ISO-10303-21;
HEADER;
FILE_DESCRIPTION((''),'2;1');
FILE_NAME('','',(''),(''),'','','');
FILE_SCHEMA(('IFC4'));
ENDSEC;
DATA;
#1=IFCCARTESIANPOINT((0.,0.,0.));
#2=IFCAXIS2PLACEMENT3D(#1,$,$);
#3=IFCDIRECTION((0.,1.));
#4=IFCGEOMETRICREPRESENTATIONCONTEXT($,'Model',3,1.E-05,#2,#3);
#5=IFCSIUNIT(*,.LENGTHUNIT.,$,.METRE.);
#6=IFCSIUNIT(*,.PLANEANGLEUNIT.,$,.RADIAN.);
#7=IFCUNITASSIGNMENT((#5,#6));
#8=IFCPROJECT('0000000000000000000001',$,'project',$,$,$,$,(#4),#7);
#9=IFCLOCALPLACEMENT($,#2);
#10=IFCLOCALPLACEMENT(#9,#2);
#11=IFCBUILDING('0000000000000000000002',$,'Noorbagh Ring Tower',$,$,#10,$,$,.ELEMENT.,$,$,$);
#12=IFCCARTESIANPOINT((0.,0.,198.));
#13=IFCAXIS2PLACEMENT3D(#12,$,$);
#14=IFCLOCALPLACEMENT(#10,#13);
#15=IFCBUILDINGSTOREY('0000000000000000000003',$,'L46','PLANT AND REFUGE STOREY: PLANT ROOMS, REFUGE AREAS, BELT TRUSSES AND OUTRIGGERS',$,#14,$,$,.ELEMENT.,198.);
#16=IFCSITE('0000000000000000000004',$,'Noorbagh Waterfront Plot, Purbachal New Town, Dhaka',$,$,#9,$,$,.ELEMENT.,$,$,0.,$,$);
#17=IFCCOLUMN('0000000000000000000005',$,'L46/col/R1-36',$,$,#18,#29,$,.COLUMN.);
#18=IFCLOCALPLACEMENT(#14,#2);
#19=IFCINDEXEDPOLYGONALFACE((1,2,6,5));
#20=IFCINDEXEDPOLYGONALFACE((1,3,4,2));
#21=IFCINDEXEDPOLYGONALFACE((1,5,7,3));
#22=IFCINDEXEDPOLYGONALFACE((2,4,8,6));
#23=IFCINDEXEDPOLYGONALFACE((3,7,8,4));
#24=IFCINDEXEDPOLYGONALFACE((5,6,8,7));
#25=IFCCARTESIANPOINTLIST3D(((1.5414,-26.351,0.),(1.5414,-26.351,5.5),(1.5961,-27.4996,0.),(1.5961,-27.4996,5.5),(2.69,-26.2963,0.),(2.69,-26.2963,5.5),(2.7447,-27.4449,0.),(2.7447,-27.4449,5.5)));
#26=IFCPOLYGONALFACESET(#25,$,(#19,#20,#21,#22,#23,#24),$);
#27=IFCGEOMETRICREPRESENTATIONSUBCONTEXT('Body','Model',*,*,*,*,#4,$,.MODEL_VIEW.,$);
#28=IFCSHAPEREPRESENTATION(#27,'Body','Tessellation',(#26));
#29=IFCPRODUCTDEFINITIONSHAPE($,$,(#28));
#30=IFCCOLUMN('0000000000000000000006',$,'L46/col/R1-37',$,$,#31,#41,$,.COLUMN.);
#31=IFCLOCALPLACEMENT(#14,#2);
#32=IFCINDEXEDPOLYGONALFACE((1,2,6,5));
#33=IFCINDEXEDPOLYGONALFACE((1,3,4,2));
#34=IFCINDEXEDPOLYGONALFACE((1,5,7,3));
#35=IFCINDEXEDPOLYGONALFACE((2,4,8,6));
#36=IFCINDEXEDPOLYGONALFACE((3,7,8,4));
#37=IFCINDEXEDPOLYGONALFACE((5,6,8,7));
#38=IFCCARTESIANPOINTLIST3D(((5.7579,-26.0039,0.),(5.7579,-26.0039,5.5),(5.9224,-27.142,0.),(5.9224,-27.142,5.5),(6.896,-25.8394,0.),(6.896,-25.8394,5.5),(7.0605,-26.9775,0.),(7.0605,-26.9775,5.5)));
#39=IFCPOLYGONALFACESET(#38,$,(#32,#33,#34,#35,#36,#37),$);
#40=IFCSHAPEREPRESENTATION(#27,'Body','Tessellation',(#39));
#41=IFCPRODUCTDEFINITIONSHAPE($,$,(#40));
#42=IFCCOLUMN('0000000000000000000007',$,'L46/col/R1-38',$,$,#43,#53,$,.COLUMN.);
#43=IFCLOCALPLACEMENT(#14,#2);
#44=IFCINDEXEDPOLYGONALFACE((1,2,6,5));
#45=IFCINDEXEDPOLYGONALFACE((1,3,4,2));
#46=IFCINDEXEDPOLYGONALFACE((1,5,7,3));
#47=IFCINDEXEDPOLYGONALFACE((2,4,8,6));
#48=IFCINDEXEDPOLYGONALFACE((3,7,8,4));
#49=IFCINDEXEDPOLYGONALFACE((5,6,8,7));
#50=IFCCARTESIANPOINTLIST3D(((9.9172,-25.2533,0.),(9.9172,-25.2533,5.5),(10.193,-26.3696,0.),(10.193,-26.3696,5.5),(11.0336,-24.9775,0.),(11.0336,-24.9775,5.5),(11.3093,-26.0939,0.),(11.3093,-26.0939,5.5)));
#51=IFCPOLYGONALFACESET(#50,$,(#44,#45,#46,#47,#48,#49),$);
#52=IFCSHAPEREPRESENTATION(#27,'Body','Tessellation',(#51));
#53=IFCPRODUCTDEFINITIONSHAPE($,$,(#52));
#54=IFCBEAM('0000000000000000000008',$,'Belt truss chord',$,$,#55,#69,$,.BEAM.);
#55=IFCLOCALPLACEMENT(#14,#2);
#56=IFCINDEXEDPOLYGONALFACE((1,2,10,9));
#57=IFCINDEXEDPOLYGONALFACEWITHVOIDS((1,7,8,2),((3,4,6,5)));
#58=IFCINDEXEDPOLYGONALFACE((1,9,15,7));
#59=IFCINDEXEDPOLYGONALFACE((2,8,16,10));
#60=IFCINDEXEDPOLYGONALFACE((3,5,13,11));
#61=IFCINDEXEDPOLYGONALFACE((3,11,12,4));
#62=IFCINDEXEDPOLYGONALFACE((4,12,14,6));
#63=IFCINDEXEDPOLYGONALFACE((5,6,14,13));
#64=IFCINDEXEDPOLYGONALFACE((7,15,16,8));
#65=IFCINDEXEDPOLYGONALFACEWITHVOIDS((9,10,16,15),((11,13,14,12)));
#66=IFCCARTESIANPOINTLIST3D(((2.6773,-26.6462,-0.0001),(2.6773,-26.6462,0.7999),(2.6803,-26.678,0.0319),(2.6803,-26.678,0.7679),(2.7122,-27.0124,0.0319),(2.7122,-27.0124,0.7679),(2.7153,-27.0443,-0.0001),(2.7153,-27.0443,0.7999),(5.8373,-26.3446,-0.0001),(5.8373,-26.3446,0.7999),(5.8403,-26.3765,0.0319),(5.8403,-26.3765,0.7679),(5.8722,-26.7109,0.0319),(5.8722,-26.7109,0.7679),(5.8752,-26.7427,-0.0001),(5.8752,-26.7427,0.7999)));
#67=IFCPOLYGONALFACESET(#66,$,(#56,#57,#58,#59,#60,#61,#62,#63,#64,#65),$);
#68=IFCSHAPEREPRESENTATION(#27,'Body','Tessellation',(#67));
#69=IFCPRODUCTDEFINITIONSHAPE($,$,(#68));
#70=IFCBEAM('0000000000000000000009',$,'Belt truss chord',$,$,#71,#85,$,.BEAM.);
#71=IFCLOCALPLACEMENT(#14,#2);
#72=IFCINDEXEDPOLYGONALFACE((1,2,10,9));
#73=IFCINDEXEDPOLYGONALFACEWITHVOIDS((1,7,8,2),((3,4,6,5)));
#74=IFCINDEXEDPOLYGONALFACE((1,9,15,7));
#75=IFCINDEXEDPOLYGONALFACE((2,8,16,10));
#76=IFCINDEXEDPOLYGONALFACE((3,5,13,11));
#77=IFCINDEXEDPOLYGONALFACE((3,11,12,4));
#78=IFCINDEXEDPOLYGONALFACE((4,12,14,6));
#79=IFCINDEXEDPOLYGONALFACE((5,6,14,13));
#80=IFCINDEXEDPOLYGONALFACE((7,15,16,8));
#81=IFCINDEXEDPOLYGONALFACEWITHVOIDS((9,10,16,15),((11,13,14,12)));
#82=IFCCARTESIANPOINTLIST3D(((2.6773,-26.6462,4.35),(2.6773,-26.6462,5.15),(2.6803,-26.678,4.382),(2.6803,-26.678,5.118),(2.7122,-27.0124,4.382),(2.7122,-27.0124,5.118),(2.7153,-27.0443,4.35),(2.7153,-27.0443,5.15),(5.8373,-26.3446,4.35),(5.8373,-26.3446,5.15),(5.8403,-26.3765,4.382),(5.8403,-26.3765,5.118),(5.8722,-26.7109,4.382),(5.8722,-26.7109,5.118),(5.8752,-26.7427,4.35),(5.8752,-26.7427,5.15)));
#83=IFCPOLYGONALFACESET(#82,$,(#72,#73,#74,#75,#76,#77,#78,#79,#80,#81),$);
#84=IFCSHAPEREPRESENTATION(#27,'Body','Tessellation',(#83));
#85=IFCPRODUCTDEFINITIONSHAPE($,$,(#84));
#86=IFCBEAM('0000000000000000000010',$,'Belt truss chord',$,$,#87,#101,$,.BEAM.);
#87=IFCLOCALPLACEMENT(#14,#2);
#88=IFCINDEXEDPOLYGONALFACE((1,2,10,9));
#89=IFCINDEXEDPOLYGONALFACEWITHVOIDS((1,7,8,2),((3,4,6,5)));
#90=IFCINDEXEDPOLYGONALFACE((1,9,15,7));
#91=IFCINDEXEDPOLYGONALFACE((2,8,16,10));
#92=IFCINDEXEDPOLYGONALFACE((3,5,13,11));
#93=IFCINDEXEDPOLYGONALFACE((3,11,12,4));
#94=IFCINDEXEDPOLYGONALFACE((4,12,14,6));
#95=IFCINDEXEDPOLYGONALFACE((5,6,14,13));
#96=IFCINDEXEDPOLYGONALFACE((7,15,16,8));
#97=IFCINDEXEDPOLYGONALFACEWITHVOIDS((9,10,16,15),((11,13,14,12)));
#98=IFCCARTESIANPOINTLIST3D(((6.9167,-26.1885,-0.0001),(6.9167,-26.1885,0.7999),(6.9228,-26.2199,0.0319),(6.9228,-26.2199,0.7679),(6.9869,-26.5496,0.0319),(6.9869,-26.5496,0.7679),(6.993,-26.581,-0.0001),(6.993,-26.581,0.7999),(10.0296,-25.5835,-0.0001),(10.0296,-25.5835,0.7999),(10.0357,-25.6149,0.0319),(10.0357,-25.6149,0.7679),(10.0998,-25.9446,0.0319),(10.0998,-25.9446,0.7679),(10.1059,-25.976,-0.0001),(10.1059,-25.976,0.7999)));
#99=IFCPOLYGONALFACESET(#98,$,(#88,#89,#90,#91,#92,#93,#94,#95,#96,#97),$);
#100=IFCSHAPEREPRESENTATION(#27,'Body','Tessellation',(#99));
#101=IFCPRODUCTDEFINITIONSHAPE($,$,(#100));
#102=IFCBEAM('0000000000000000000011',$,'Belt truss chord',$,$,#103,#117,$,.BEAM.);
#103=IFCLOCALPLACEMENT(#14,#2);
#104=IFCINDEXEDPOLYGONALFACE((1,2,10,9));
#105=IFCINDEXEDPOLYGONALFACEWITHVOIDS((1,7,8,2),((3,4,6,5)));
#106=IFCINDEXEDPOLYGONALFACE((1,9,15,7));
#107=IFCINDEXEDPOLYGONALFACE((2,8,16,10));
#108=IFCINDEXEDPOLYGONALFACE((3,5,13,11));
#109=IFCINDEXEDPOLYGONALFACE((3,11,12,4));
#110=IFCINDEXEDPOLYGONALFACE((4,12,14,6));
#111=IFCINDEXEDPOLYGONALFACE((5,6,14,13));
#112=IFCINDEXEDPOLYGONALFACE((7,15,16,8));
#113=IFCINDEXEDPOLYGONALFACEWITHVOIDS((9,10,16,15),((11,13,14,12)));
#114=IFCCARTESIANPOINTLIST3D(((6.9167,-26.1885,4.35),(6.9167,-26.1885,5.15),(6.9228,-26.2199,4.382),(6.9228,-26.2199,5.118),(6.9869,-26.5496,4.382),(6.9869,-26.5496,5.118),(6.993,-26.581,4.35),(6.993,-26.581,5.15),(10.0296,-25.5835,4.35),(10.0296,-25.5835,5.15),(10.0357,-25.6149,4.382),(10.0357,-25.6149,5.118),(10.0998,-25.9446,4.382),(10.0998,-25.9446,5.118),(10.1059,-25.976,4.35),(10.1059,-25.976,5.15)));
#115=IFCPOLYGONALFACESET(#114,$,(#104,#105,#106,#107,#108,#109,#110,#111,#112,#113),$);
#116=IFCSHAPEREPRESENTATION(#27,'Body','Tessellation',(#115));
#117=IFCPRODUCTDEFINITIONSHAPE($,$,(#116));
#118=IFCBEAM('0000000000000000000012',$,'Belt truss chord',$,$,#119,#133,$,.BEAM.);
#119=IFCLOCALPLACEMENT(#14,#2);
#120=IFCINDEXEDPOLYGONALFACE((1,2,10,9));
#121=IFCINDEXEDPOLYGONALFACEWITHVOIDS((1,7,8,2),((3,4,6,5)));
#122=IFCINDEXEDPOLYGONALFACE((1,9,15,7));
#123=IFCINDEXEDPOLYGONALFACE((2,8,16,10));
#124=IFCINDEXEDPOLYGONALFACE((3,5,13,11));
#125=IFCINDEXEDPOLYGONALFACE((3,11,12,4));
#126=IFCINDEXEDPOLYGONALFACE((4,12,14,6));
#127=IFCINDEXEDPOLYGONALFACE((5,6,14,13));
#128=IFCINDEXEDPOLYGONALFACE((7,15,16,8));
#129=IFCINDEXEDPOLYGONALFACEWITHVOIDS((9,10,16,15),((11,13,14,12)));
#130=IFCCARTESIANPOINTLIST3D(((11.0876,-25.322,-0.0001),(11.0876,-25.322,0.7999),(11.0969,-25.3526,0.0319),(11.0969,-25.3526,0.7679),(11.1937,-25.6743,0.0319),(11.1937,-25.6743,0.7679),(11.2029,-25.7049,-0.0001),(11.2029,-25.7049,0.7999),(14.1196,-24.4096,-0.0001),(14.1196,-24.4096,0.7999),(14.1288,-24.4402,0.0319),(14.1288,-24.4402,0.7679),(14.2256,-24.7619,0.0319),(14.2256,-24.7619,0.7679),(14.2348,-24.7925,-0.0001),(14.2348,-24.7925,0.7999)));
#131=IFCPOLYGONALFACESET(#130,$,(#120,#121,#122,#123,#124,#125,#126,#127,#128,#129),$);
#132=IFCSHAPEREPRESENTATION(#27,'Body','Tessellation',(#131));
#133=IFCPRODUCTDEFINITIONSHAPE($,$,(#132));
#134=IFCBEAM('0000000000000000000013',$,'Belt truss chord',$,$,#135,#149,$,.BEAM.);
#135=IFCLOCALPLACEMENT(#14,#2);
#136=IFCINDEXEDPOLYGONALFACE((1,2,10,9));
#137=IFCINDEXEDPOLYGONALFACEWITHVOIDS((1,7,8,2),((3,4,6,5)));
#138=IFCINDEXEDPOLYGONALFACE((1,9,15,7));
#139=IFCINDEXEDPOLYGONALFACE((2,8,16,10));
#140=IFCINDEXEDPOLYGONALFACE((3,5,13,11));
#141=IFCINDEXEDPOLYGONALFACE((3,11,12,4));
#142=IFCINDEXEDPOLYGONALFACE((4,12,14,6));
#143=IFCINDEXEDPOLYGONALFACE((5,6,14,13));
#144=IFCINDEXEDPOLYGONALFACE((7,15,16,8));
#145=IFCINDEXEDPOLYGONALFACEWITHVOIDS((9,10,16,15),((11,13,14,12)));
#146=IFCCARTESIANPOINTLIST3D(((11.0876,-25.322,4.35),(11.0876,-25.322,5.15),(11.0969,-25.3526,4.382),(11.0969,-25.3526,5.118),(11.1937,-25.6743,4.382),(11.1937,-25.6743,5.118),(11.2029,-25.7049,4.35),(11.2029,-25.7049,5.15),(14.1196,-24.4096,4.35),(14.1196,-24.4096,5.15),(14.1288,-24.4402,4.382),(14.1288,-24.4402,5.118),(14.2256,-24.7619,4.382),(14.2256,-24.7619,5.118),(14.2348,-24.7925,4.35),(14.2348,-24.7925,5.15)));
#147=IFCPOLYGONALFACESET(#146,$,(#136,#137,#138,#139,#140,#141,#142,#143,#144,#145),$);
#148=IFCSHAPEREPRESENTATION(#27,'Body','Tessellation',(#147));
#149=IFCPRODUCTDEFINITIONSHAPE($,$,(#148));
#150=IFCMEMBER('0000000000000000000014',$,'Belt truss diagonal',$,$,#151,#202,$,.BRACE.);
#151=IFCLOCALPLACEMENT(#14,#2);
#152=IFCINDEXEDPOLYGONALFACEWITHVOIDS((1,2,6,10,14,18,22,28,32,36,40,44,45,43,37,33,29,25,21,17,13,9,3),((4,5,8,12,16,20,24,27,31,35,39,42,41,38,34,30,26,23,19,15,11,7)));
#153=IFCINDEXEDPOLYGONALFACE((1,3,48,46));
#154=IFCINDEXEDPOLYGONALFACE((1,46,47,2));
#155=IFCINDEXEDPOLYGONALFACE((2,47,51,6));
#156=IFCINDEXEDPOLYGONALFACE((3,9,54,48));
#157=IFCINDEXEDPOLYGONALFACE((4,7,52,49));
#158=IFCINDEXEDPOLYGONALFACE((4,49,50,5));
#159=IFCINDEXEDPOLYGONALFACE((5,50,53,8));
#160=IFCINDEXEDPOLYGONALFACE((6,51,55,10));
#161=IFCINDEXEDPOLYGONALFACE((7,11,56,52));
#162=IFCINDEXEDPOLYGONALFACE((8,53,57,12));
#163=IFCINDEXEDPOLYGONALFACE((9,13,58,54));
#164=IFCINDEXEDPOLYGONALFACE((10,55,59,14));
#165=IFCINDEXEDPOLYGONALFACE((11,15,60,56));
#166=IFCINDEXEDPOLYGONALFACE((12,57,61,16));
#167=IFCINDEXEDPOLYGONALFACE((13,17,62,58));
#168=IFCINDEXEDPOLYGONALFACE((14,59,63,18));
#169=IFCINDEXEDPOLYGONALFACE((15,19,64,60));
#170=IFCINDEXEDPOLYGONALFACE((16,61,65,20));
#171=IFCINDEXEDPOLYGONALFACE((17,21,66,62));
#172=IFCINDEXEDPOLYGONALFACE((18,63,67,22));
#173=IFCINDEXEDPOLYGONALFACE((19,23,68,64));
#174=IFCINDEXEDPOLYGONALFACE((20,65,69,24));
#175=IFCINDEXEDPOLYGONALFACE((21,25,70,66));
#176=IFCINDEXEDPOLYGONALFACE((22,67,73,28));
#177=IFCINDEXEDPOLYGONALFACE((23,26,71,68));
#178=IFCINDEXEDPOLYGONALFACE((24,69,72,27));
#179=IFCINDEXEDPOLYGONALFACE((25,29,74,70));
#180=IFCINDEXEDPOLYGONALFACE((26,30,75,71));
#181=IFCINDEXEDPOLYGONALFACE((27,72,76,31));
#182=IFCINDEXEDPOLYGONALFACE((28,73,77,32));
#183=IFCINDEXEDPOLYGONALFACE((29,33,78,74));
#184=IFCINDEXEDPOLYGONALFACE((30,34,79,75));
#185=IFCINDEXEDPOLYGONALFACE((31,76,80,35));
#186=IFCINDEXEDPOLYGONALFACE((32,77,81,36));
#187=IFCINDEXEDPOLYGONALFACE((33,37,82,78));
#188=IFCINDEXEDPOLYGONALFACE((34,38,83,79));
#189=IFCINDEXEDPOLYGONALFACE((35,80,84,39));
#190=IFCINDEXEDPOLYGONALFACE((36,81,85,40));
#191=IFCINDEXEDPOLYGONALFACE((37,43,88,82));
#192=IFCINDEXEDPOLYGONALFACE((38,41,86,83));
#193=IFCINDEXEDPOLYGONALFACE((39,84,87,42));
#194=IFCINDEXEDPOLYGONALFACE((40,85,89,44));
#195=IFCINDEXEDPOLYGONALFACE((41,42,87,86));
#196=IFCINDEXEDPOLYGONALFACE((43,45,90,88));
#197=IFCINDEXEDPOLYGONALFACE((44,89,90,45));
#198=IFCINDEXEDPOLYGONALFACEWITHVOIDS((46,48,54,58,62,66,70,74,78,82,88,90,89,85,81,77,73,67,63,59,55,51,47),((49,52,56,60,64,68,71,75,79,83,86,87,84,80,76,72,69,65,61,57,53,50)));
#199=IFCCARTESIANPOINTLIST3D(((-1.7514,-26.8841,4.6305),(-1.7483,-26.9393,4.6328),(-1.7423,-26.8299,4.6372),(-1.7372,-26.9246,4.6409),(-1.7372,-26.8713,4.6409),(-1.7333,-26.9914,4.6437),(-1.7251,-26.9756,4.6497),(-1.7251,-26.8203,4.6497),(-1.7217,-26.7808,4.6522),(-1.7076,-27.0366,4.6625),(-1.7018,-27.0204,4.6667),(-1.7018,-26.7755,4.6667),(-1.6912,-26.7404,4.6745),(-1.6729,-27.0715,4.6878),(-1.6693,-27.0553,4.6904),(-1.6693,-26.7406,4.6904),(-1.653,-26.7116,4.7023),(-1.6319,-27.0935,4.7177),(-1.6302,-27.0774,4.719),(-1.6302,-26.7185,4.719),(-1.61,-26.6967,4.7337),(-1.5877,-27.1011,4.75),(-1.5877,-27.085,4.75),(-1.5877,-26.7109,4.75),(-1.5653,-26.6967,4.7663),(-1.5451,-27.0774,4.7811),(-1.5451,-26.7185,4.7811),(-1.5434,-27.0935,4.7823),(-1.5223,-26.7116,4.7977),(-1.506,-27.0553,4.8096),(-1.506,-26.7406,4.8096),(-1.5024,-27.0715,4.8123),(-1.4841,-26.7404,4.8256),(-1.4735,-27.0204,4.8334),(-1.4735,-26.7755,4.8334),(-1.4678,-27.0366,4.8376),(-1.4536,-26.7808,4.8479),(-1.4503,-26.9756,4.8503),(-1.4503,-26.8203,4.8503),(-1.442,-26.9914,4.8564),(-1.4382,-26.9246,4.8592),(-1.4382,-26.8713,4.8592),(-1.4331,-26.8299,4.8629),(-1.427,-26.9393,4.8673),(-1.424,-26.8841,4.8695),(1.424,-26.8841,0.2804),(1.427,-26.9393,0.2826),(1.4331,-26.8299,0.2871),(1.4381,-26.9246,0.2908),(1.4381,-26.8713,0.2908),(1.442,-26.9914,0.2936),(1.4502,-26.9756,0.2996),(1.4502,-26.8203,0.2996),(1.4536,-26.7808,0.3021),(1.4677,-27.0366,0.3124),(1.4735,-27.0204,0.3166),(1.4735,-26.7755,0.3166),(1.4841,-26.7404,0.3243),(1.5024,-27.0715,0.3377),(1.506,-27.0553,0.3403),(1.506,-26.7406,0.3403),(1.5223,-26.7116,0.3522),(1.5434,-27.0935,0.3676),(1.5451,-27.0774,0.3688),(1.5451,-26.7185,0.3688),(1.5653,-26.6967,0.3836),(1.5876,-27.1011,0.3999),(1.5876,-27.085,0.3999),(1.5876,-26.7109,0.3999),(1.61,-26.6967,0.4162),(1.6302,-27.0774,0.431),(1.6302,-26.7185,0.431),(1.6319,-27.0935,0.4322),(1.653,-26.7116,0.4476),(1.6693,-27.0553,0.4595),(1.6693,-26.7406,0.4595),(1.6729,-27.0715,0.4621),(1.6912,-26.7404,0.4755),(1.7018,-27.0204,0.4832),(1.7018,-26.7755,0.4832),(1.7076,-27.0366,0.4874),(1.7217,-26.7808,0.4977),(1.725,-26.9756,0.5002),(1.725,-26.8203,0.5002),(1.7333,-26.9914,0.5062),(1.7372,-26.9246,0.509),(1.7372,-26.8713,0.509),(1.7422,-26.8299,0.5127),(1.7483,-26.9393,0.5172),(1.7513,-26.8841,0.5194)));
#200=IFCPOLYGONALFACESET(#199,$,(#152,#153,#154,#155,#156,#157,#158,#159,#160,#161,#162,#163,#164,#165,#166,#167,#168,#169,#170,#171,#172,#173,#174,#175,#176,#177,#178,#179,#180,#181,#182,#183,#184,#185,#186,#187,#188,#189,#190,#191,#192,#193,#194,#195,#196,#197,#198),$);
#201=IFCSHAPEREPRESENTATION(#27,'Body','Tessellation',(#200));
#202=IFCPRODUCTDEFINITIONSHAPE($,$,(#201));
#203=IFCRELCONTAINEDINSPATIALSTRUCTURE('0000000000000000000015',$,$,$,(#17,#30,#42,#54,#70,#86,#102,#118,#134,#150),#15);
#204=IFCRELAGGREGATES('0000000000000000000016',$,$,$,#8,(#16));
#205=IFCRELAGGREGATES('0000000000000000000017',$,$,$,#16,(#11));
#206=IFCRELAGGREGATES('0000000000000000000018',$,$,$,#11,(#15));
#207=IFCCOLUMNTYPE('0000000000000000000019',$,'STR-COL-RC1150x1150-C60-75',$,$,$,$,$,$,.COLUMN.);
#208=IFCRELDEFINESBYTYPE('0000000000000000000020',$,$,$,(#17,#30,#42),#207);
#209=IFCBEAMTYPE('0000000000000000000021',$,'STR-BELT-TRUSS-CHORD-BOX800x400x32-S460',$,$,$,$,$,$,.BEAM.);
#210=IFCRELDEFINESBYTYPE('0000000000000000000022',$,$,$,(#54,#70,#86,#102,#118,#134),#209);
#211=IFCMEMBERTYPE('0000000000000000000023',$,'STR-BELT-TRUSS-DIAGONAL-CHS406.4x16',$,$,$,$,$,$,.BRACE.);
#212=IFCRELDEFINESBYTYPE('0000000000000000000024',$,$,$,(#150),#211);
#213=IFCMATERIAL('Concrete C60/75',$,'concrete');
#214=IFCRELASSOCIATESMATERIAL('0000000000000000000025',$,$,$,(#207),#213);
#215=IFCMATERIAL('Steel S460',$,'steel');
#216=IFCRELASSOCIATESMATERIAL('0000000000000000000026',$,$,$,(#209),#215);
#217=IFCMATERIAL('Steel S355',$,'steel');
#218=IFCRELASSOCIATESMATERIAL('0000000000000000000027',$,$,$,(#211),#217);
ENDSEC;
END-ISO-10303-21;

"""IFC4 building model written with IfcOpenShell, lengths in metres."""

from ifc_helpers import new_model, si_unit, direction, frame, origin, origin_2d, place, context, subcontext, project, spatial, rectangle, hollow_rectangle, hollow_circle, extrude, material, material_profile, profile_set, type_object, element, save


model = new_model("IFC4")

# Units and contexts
model_context = context("Model", 3, precision=1e-05, world=origin(), true_north=direction((0.0, 1.0)))
body_context = subcontext(model_context, "Body", "Model", "MODEL_VIEW")
ifc_project = project(units=[si_unit("LENGTHUNIT", "METRE"), si_unit("PLANEANGLEUNIT", "RADIAN")], contexts=[model_context])

# Site, building, storey
site_placement = place(None, origin())
site = spatial("IfcSite", under=ifc_project, at=site_placement, Name="Noorbagh Waterfront Plot, Purbachal New Town, Dhaka", CompositionType="ELEMENT", RefElevation=0.0)
building_placement = place(site_placement, origin())
building = spatial("IfcBuilding", under=site, at=building_placement, Name="Noorbagh Ring Tower", CompositionType="ELEMENT")
storey_placement = place(building_placement, frame((0.0, 0.0, 198.0)))
storey = spatial("IfcBuildingStorey", under=building, at=storey_placement, Name="L46", Description="PLANT AND REFUGE STOREY: PLANT ROOMS, REFUGE AREAS, BELT TRUSSES AND OUTRIGGERS", CompositionType="ELEMENT", Elevation=198.0)

# Columns
ifc_material_1 = material(Name="Concrete C60/75", Category="concrete")
ifc_material_profile_1 = material_profile(ifc_material_1, rectangle(XDim=1.1499, YDim=1.1499, at=origin_2d()), Name="RC1150x1150")
ifc_profile_set_1 = profile_set([ifc_material_profile_1], Name="Concrete C60/75")
column_type = type_object("IfcColumnType", Name="STR-COL-RC1150x1150-C60-75", PredefinedType="COLUMN", material=ifc_profile_set_1)
for number, where, z_axis, x_axis, name in (
    (1, (2.1431, -26.8979, 0.0), (0.0, 0.0, 1.0), (0.998869, 0.047553, 0.0), "L46/col/R1-36"),
    (2, (6.4092, -26.4907, 0.0), (0.0, 0.0, 1.0), (0.989713, 0.143066, 0.0), "L46/col/R1-37"),
    (3, (10.6133, -25.6736, 0.0), (0.0, 0.0, 1.0), (0.970829, 0.239771, 0.0), "L46/col/R1-38"),
):
    element("IfcColumn", number, at=place(storey_placement, frame(where, z_axis=z_axis, x_axis=x_axis)), inside=storey, type_object=column_type, Name=name, PredefinedType="COLUMN", context=body_context, shape_type="SweptSolid", body=[
        extrude(rectangle(XDim=1.1499, YDim=1.1499, at=origin_2d()), origin(), (0.0, 0.0, 1.0), 5.5),
    ])

# Beams
ifc_material_2 = material(Name="Steel S460", Category="steel")
ifc_material_profile_2 = material_profile(ifc_material_2, hollow_rectangle(XDim=0.3999, YDim=0.8, WallThickness=0.032, at=origin_2d()), Name="BOX800x400x32")
ifc_profile_set_2 = profile_set([ifc_material_profile_2], Name="Steel S460")
beam_type_1 = type_object("IfcBeamType", Name="STR-BELT-TRUSS-CHORD-BOX800x400x32-S460", PredefinedType="BEAM", material=ifc_profile_set_2)
for number, where, z_axis, x_axis, name in (
    (4, (2.6963, -26.8452, 0.3999), (0.995479, 0.094987, 0.0), (-0.094987, 0.995479, 0.0), "Belt truss chord"),
    (5, (2.6963, -26.8452, 4.75), (0.995479, 0.094987, 0.0), (-0.094987, 0.995479, 0.0), "Belt truss chord"),
):
    element("IfcBeam", number, at=place(storey_placement, frame(where, z_axis=z_axis, x_axis=x_axis)), inside=storey, type_object=beam_type_1, Name=name, PredefinedType="BEAM", context=body_context, shape_type="SweptSolid", body=[
        extrude(hollow_rectangle(XDim=0.3999, YDim=0.8, WallThickness=0.032, at=origin_2d()), origin(), (0.0, 0.0, 1.0), 3.1743),
    ])
for number, where, z_axis, x_axis, name in (
    (6, (6.9548, -26.3848, 0.3999), (0.981632, 0.190783, 0.0), (-0.190783, 0.981632, 0.0), "Belt truss chord"),
    (7, (6.9548, -26.3848, 4.75), (0.981632, 0.190783, 0.0), (-0.190783, 0.981632, 0.0), "Belt truss chord"),
):
    element("IfcBeam", number, at=place(storey_placement, frame(where, z_axis=z_axis, x_axis=x_axis)), inside=storey, type_object=beam_type_1, Name=name, PredefinedType="BEAM", context=body_context, shape_type="SweptSolid", body=[
        extrude(hollow_rectangle(XDim=0.3999, YDim=0.8, WallThickness=0.032, at=origin_2d()), origin(), (0.0, 0.0, 1.0), 3.1711),
    ])
for number, where, z_axis, x_axis, name in (
    (8, (11.1453, -25.5134, 0.3999), (0.957586, 0.288147, 0.0), (-0.288147, 0.957586, 0.0), "Belt truss chord"),
    (9, (11.1453, -25.5134, 4.75), (0.957586, 0.288147, 0.0), (-0.288147, 0.957586, 0.0), "Belt truss chord"),
):
    element("IfcBeam", number, at=place(storey_placement, frame(where, z_axis=z_axis, x_axis=x_axis)), inside=storey, type_object=beam_type_1, Name=name, PredefinedType="BEAM", context=body_context, shape_type="SweptSolid", body=[
        extrude(hollow_rectangle(XDim=0.3999, YDim=0.8, WallThickness=0.032, at=origin_2d()), origin(), (0.0, 0.0, 1.0), 3.1663),
    ])

# Member
ifc_material_3 = material(Name="Steel S355", Category="steel")
ifc_material_profile_3 = material_profile(ifc_material_3, hollow_circle(Radius=0.2031, WallThickness=0.0161, at=origin_2d()), Name="CHS406.4x16")
ifc_profile_set_3 = profile_set([ifc_material_profile_3], Name="Steel S355")
member_type = type_object("IfcMemberType", Name="STR-BELT-TRUSS-DIAGONAL-CHS406.4x16", PredefinedType="BRACE", material=ifc_profile_set_3)
member_1_placement = place(storey_placement, frame((1.5876, -26.8979, 0.3999), z_axis=(-0.589578, 0.0, 0.807712), x_axis=(0.0, -1.0, 0.0)))
element("IfcMember", 10, at=member_1_placement, inside=storey, type_object=member_type, Name="Belt truss diagonal", PredefinedType="BRACE", context=body_context, shape_type="SweptSolid", body=[
    extrude(hollow_circle(Radius=0.2031, WallThickness=0.0161, at=origin_2d()), origin(), (0.0, 0.0, 1.0), 5.3857),
])

save(model, "model.ifc")
